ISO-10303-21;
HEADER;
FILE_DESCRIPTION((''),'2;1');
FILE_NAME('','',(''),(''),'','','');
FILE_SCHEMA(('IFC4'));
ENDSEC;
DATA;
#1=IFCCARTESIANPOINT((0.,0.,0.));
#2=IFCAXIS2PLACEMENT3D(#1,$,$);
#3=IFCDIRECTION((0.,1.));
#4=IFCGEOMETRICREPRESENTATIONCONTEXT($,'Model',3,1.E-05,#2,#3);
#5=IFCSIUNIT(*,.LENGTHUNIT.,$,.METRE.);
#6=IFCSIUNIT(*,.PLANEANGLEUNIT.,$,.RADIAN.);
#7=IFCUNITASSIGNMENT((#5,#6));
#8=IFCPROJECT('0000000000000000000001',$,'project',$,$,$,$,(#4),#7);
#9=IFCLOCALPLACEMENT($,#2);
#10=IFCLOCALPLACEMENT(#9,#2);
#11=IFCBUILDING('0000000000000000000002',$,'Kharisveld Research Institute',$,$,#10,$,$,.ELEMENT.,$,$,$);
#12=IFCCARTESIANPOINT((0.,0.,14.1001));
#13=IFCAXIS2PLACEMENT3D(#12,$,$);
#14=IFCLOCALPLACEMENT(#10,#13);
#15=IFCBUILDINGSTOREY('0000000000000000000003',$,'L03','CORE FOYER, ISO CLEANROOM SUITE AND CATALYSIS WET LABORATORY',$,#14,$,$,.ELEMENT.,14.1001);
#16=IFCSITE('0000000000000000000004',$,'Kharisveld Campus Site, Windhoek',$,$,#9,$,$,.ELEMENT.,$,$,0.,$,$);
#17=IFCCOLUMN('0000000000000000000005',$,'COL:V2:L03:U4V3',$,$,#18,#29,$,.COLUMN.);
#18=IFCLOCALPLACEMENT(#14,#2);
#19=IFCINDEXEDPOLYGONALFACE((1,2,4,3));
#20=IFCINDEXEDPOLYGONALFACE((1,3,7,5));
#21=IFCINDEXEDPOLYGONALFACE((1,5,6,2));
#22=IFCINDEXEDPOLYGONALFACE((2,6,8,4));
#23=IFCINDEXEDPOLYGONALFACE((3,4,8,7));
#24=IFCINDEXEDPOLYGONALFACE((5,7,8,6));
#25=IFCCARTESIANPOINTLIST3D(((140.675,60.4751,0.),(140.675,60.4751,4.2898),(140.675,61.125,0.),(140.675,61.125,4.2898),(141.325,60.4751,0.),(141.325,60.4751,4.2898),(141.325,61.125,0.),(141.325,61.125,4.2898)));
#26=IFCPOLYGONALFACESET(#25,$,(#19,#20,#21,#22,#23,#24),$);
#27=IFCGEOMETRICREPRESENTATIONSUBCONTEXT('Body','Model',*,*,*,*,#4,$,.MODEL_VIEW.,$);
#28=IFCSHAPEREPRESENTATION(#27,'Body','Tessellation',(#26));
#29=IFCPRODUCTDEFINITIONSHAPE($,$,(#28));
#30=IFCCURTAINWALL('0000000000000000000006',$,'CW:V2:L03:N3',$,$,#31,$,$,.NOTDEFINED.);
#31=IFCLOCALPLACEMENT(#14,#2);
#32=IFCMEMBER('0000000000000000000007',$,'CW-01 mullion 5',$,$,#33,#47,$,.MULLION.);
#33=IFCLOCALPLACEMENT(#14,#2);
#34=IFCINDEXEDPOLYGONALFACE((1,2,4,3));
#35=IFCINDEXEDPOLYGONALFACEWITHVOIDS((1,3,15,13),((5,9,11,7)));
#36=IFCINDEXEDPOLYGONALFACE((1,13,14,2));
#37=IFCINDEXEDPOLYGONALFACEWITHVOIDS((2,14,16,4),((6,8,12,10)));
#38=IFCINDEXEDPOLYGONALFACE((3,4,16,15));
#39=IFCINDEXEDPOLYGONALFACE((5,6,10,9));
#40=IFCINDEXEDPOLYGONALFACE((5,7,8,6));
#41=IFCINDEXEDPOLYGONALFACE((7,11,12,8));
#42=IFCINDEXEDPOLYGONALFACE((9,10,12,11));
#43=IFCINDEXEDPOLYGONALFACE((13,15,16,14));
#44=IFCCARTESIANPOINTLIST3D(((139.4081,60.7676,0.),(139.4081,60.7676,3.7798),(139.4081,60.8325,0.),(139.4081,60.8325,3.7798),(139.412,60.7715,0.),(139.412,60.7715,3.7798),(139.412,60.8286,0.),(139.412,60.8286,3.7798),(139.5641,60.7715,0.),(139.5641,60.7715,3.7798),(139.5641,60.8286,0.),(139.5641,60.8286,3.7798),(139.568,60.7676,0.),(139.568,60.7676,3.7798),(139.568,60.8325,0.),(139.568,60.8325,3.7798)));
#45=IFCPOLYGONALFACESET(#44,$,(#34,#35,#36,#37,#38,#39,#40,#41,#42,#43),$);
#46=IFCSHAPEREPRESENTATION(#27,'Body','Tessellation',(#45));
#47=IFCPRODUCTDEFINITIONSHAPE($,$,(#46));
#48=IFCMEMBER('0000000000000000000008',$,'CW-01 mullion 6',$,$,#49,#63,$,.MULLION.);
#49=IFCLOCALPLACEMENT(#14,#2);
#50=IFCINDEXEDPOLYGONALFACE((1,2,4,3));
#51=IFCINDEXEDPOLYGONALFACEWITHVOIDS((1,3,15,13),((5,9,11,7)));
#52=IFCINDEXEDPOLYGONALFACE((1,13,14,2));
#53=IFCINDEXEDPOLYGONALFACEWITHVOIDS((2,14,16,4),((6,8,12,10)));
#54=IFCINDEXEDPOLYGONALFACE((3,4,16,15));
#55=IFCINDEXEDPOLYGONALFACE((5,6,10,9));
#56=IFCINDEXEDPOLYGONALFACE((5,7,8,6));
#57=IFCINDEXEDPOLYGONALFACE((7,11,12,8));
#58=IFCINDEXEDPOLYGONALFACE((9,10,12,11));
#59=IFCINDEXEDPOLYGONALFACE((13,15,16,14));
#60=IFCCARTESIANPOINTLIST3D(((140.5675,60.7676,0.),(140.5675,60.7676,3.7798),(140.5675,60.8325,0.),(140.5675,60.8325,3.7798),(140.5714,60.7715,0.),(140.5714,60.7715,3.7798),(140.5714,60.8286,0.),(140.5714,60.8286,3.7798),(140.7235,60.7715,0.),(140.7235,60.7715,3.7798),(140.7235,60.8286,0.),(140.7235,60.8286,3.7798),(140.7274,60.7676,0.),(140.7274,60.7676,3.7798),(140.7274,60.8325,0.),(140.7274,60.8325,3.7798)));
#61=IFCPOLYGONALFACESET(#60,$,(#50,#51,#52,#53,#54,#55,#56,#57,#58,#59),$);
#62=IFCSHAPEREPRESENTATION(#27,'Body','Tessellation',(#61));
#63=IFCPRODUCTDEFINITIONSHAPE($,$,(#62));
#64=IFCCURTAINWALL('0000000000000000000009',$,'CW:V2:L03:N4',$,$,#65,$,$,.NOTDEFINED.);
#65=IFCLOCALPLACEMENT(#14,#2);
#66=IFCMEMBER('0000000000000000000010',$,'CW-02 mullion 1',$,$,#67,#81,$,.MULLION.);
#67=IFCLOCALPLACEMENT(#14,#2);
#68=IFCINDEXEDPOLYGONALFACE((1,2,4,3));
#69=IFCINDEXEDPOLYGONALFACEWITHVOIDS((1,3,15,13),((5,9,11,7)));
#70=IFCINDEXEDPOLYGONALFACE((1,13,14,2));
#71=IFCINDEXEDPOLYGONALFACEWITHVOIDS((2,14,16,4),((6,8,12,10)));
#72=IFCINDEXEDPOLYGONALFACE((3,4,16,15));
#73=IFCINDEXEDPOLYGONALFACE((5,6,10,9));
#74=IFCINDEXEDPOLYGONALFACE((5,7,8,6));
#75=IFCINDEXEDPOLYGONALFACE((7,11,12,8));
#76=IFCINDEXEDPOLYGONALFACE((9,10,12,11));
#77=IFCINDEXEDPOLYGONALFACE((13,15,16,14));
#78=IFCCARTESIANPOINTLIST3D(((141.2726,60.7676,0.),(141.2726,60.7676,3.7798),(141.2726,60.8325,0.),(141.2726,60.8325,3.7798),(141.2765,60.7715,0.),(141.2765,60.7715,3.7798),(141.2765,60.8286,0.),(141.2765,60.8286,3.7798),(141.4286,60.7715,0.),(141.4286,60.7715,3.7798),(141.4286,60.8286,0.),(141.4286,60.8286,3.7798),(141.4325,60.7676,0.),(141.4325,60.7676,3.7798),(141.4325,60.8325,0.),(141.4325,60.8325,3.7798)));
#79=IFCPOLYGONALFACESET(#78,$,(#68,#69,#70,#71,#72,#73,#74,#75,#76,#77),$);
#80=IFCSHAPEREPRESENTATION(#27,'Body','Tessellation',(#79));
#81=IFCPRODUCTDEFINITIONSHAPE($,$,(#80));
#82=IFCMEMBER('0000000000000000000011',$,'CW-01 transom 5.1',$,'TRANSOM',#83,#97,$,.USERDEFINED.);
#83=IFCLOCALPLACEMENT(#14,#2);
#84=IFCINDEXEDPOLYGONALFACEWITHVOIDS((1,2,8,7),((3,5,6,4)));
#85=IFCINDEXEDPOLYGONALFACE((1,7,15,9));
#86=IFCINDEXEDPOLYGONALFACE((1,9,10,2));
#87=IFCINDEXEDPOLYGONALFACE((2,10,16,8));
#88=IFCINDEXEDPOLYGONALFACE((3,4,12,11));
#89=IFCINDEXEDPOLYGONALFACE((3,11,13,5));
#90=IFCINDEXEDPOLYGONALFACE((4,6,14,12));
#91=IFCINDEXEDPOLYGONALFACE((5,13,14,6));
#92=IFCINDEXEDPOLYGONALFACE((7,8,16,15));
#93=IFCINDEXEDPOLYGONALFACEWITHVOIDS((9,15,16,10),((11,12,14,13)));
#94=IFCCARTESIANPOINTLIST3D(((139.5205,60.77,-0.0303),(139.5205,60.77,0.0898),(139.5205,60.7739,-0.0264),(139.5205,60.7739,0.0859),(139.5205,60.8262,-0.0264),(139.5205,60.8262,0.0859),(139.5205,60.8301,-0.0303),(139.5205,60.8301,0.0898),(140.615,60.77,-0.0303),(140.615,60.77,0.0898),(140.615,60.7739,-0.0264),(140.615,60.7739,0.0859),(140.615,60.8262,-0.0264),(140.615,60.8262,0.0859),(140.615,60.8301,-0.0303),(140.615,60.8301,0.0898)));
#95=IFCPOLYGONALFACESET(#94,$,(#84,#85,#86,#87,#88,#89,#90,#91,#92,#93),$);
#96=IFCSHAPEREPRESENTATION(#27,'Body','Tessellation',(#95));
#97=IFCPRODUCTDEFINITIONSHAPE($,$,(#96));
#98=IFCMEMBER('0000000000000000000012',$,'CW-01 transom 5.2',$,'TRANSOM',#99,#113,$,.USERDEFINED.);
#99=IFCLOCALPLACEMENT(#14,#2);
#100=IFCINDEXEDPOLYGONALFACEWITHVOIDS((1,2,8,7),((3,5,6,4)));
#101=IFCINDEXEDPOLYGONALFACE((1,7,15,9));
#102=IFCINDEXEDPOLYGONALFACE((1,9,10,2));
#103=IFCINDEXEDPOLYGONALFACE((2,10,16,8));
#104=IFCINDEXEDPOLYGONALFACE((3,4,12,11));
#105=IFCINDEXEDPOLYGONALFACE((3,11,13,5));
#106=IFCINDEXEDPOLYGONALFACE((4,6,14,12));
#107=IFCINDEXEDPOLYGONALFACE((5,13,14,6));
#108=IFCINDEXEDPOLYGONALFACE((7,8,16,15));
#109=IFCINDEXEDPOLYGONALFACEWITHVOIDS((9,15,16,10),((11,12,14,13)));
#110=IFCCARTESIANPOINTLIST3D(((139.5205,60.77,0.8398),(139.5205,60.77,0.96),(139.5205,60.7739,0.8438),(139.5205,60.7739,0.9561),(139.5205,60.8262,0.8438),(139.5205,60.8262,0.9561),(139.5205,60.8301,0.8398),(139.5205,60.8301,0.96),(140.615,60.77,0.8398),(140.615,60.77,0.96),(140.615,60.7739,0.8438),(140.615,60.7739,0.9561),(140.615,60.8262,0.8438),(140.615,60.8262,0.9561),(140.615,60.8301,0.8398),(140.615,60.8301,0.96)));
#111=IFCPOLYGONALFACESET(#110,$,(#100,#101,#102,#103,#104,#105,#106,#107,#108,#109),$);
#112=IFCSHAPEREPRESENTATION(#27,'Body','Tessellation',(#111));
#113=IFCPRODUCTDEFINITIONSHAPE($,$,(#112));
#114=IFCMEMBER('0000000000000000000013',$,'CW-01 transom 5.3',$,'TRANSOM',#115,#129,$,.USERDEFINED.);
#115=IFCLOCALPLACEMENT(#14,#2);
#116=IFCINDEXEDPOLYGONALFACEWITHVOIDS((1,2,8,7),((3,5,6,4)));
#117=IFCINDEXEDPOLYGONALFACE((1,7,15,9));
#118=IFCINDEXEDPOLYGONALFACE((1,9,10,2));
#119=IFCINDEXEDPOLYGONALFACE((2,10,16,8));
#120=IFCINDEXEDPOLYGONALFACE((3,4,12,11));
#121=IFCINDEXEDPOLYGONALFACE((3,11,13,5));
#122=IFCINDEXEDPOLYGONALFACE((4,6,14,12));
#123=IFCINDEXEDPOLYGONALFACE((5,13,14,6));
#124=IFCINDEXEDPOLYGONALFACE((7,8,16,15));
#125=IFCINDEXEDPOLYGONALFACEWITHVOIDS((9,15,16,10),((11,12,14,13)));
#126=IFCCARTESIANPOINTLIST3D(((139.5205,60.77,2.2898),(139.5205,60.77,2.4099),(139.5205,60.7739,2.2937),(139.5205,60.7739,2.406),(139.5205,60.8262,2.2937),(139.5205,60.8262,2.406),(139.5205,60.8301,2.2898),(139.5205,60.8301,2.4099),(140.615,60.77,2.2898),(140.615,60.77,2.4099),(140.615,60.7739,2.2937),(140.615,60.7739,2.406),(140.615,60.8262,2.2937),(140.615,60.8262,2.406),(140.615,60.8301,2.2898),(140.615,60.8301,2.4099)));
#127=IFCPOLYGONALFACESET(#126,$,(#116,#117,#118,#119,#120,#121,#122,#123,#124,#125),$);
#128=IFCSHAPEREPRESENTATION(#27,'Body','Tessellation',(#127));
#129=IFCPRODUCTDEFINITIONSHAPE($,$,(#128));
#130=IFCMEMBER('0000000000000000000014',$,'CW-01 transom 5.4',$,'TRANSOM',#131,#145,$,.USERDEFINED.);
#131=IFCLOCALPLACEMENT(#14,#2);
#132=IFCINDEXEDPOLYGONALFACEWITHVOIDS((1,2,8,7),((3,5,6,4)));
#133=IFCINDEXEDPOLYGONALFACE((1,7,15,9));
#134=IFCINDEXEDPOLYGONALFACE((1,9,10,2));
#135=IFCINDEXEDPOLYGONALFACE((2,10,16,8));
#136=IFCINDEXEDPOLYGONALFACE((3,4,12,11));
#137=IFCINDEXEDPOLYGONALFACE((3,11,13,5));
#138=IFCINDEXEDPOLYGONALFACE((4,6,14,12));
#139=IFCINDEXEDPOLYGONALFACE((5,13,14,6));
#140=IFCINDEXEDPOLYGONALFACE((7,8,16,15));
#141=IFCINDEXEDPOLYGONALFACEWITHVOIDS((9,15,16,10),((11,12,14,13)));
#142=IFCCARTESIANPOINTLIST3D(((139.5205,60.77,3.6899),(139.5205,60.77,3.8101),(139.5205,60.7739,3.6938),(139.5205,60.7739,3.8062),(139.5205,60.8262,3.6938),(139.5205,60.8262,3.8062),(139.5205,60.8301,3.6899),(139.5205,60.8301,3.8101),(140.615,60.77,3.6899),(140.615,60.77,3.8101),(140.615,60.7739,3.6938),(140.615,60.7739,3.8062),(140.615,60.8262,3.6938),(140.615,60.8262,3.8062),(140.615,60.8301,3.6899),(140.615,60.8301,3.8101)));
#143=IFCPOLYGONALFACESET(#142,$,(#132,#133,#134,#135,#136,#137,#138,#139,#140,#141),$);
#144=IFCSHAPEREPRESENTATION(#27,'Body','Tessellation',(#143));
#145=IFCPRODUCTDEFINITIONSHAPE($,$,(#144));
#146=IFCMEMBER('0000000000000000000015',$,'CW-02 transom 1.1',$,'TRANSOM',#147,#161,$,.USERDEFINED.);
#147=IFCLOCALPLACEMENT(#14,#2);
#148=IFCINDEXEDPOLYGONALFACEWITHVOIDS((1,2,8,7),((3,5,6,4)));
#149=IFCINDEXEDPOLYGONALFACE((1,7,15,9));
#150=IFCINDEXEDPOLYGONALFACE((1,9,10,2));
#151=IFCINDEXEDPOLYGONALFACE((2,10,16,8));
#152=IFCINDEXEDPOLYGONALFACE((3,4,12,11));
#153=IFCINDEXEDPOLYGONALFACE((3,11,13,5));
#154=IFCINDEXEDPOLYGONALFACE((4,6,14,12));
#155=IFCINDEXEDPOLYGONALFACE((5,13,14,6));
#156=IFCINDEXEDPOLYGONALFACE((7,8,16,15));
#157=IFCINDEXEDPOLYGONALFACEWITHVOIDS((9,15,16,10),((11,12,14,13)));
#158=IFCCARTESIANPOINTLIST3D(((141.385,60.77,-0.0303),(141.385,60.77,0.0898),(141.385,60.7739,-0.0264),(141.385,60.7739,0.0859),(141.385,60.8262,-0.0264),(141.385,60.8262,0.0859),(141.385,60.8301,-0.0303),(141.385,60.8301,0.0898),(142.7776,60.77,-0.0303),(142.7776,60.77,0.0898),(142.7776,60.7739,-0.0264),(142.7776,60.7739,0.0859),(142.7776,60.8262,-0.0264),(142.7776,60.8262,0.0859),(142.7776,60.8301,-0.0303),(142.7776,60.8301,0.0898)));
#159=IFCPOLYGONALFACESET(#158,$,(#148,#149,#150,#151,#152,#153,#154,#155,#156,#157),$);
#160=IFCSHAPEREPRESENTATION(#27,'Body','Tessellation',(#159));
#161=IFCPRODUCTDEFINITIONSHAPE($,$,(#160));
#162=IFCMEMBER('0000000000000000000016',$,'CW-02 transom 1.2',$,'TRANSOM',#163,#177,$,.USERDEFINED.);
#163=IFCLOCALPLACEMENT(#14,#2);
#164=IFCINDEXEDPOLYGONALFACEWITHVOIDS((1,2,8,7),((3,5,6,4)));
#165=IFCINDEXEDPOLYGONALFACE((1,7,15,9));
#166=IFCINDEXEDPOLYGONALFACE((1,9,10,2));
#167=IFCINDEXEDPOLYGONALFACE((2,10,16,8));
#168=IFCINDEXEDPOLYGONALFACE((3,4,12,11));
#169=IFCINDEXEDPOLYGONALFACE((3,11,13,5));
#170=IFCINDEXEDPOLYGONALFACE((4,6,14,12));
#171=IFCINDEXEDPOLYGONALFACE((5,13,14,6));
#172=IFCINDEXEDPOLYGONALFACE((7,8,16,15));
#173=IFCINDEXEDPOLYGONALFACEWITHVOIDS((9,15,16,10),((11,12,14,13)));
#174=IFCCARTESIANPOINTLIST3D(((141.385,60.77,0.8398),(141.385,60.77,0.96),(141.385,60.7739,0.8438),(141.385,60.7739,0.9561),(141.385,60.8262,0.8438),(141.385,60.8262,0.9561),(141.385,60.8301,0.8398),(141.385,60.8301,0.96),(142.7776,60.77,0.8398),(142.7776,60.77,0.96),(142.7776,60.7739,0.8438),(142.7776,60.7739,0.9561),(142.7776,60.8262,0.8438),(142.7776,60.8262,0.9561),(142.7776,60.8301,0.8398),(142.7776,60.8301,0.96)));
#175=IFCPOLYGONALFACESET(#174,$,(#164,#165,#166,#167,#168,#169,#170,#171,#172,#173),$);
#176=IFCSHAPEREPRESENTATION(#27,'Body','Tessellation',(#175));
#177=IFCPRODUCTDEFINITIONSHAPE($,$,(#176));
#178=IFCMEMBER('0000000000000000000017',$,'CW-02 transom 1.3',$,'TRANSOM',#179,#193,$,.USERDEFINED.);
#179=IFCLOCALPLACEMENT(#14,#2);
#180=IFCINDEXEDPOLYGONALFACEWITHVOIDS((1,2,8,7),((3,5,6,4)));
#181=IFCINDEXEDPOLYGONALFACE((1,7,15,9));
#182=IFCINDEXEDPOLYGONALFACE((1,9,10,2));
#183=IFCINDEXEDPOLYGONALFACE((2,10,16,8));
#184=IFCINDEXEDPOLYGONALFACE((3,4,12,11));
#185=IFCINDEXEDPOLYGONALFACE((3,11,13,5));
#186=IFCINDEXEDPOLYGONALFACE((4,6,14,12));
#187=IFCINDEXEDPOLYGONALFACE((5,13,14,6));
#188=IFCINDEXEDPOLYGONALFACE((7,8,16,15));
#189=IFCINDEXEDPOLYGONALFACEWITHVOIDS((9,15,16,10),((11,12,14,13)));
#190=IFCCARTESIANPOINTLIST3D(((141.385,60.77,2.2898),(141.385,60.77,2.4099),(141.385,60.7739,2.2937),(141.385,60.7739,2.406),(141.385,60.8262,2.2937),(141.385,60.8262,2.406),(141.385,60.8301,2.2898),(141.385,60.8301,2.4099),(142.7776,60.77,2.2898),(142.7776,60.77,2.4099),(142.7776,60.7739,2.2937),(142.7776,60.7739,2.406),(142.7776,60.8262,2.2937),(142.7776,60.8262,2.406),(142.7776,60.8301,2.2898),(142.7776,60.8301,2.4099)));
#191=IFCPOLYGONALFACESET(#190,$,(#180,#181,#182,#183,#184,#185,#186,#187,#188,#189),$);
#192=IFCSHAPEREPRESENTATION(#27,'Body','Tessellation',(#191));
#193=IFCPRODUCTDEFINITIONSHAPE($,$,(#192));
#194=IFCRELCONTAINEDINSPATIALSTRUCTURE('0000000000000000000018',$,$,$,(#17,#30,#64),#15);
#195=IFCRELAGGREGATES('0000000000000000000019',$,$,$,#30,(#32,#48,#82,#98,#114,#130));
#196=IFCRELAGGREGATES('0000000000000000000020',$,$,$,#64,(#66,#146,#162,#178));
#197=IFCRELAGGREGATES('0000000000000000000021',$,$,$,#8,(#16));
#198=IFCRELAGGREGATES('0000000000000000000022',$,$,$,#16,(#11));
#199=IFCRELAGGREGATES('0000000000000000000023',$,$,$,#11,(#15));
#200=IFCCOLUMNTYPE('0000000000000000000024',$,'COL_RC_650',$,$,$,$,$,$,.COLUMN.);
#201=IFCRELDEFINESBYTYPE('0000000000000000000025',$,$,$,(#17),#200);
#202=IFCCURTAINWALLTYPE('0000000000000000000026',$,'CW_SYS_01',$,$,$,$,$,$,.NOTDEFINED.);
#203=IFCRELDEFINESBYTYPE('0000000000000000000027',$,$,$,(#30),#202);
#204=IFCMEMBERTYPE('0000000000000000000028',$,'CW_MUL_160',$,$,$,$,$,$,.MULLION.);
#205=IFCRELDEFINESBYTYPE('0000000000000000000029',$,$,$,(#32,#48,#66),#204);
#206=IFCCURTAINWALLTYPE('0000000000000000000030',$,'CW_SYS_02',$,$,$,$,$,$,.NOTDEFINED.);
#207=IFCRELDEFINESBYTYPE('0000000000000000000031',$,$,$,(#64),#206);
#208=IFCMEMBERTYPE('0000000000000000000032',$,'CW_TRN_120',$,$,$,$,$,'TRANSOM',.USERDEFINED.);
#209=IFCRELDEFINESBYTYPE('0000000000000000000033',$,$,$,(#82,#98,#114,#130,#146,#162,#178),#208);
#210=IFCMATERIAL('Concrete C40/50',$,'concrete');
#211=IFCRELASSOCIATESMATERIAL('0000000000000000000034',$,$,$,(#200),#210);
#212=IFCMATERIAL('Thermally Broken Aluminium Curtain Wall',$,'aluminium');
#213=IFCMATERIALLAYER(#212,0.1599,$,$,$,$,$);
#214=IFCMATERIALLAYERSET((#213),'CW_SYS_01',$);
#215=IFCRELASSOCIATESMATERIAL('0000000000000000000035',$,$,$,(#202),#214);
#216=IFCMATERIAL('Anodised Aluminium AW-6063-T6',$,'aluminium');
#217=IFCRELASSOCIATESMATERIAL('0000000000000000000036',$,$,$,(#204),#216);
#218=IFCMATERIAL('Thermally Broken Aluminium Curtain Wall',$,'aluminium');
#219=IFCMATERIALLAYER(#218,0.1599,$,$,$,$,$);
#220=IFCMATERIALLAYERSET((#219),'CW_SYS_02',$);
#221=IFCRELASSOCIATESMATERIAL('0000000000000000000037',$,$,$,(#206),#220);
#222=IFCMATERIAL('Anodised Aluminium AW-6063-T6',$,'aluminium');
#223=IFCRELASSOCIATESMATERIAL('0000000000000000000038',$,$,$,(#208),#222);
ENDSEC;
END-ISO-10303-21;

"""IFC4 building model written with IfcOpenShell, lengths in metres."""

from ifc_helpers import new_model, si_unit, direction, frame, origin, origin_2d, place, context, subcontext, project, spatial, rectangle, hollow_rectangle, extrude, material, layer, layer_set, material_profile, profile_set, type_object, element, aggregate, save


model = new_model("IFC4")

# Units and contexts
model_context = context("Model", 3, precision=1e-05, world=origin(), true_north=direction((0.0, 1.0)))
body_context = subcontext(model_context, "Body", "Model", "MODEL_VIEW")
ifc_project = project(units=[si_unit("LENGTHUNIT", "METRE"), si_unit("PLANEANGLEUNIT", "RADIAN")], contexts=[model_context])

# Site, building, storey
site_placement = place(None, origin())
site = spatial("IfcSite", under=ifc_project, at=site_placement, Name="Kharisveld Campus Site, Windhoek", CompositionType="ELEMENT", RefElevation=0.0)
building_placement = place(site_placement, origin())
building = spatial("IfcBuilding", under=site, at=building_placement, Name="Kharisveld Research Institute", CompositionType="ELEMENT")
storey_placement = place(building_placement, frame((0.0, 0.0, 14.1001)))
storey = spatial("IfcBuildingStorey", under=building, at=storey_placement, Name="L03", Description="CORE FOYER, ISO CLEANROOM SUITE AND CATALYSIS WET LABORATORY", CompositionType="ELEMENT", Elevation=14.1001)

# Column
ifc_material_1 = material(Name="Concrete C40/50", Category="concrete")
ifc_material_profile_1 = material_profile(ifc_material_1, rectangle(XDim=0.6499, YDim=0.6499, at=origin_2d()))
ifc_profile_set_1 = profile_set([ifc_material_profile_1], Name="Concrete C40/50")
column_type = type_object("IfcColumnType", Name="COL_RC_650", PredefinedType="COLUMN", material=ifc_profile_set_1)
column_placement = place(storey_placement, frame((141.0, 60.8, 0.0), z_axis=(0.0, 0.0, 1.0), x_axis=(1.0, 0.0, 0.0)))
element("IfcColumn", 1, at=column_placement, inside=storey, type_object=column_type, Name="COL:V2:L03:U4V3", PredefinedType="COLUMN", context=body_context, shape_type="SweptSolid", body=[
    extrude(rectangle(XDim=0.6499, YDim=0.6499, at=origin_2d()), origin(), (0.0, 0.0, 1.0), 4.2898),
])

# Curtain wall, members
ifc_material_2 = material(Name="Thermally Broken Aluminium Curtain Wall", Category="aluminium")
ifc_layer_1 = layer(ifc_material_2, 0.1599)
ifc_layer_set_1 = layer_set([ifc_layer_1], Name="CW_SYS_01")
curtain_wall_type_1 = type_object("IfcCurtainWallType", Name="CW_SYS_01", PredefinedType="NOTDEFINED", material=ifc_layer_set_1)
curtain_wall_1_placement = place(storey_placement, origin())
curtain_wall_1 = element("IfcCurtainWall", 2, at=curtain_wall_1_placement, inside=storey, type_object=curtain_wall_type_1, Name="CW:V2:L03:N3", PredefinedType="NOTDEFINED")
ifc_material_3 = material(Name="Anodised Aluminium AW-6063-T6", Category="aluminium")
ifc_material_profile_2 = material_profile(ifc_material_3, hollow_rectangle(XDim=0.0649, YDim=0.1599, WallThickness=0.0039, at=origin_2d()))
ifc_profile_set_2 = profile_set([ifc_material_profile_2], Name="Anodised Aluminium AW-6063-T6")
member_type_1 = type_object("IfcMemberType", Name="CW_MUL_160", PredefinedType="MULLION", material=ifc_profile_set_2)
member_1_placement = place(storey_placement, frame((139.488, 60.8, 0.0), z_axis=(0.0, 0.0, 1.0), x_axis=(0.0, 1.0, 0.0)))
member_1 = element("IfcMember", 3, at=member_1_placement, type_object=member_type_1, Name="CW-01 mullion 5", PredefinedType="MULLION", context=body_context, shape_type="SweptSolid", body=[
    extrude(hollow_rectangle(XDim=0.0649, YDim=0.1599, WallThickness=0.0039, at=origin_2d()), origin(), (0.0, 0.0, 1.0), 3.7798),
])
member_2_placement = place(storey_placement, frame((140.6475, 60.8, 0.0), z_axis=(0.0, 0.0, 1.0), x_axis=(0.0, 1.0, 0.0)))
member_2 = element("IfcMember", 4, at=member_2_placement, type_object=member_type_1, Name="CW-01 mullion 6", PredefinedType="MULLION", context=body_context, shape_type="SweptSolid", body=[
    extrude(hollow_rectangle(XDim=0.0649, YDim=0.1599, WallThickness=0.0039, at=origin_2d()), origin(), (0.0, 0.0, 1.0), 3.7798),
])

# Curtain wall, member
ifc_material_4 = material(Name="Thermally Broken Aluminium Curtain Wall", Category="aluminium")
ifc_layer_2 = layer(ifc_material_4, 0.1599)
ifc_layer_set_2 = layer_set([ifc_layer_2], Name="CW_SYS_02")
curtain_wall_type_2 = type_object("IfcCurtainWallType", Name="CW_SYS_02", PredefinedType="NOTDEFINED", material=ifc_layer_set_2)
curtain_wall_2_placement = place(storey_placement, origin())
curtain_wall_2 = element("IfcCurtainWall", 5, at=curtain_wall_2_placement, inside=storey, type_object=curtain_wall_type_2, Name="CW:V2:L03:N4", PredefinedType="NOTDEFINED")
member_3_placement = place(storey_placement, frame((141.3525, 60.8, 0.0), z_axis=(0.0, 0.0, 1.0), x_axis=(0.0, 1.0, 0.0)))
member_3 = element("IfcMember", 6, at=member_3_placement, type_object=member_type_1, Name="CW-02 mullion 1", PredefinedType="MULLION", context=body_context, shape_type="SweptSolid", body=[
    extrude(hollow_rectangle(XDim=0.0649, YDim=0.1599, WallThickness=0.0039, at=origin_2d()), origin(), (0.0, 0.0, 1.0), 3.7798),
])

# Members
ifc_material_5 = material(Name="Anodised Aluminium AW-6063-T6", Category="aluminium")
ifc_material_profile_3 = material_profile(ifc_material_5, hollow_rectangle(XDim=0.0601, YDim=0.1201, WallThickness=0.0039, at=origin_2d()))
ifc_profile_set_3 = profile_set([ifc_material_profile_3], Name="Anodised Aluminium AW-6063-T6")
member_type_2 = type_object("IfcMemberType", Name="CW_TRN_120", ElementType="TRANSOM", PredefinedType="USERDEFINED", material=ifc_profile_set_3)
member_4_placement = place(storey_placement, frame((139.5205, 60.8, 0.0298), z_axis=(1.0, 0.0, 0.0), x_axis=(0.0, 1.0, 0.0)))
member_4 = element("IfcMember", 7, at=member_4_placement, type_object=member_type_2, Name="CW-01 transom 5.1", ObjectType="TRANSOM", PredefinedType="USERDEFINED", context=body_context, shape_type="SweptSolid", body=[
    extrude(hollow_rectangle(XDim=0.0601, YDim=0.1201, WallThickness=0.0039, at=origin_2d()), origin(), (0.0, 0.0, 1.0), 1.0945),
])
member_5_placement = place(storey_placement, frame((139.5205, 60.8, 0.8999), z_axis=(1.0, 0.0, 0.0), x_axis=(0.0, 1.0, 0.0)))
member_5 = element("IfcMember", 8, at=member_5_placement, type_object=member_type_2, Name="CW-01 transom 5.2", ObjectType="TRANSOM", PredefinedType="USERDEFINED", context=body_context, shape_type="SweptSolid", body=[
    extrude(hollow_rectangle(XDim=0.0601, YDim=0.1201, WallThickness=0.0039, at=origin_2d()), origin(), (0.0, 0.0, 1.0), 1.0945),
])
member_6_placement = place(storey_placement, frame((139.5205, 60.8, 2.3499), z_axis=(1.0, 0.0, 0.0), x_axis=(0.0, 1.0, 0.0)))
member_6 = element("IfcMember", 9, at=member_6_placement, type_object=member_type_2, Name="CW-01 transom 5.3", ObjectType="TRANSOM", PredefinedType="USERDEFINED", context=body_context, shape_type="SweptSolid", body=[
    extrude(hollow_rectangle(XDim=0.0601, YDim=0.1201, WallThickness=0.0039, at=origin_2d()), origin(), (0.0, 0.0, 1.0), 1.0945),
])
member_7_placement = place(storey_placement, frame((139.5205, 60.8, 3.75), z_axis=(1.0, 0.0, 0.0), x_axis=(0.0, 1.0, 0.0)))
member_7 = element("IfcMember", 10, at=member_7_placement, type_object=member_type_2, Name="CW-01 transom 5.4", ObjectType="TRANSOM", PredefinedType="USERDEFINED", context=body_context, shape_type="SweptSolid", body=[
    extrude(hollow_rectangle(XDim=0.0601, YDim=0.1201, WallThickness=0.0039, at=origin_2d()), origin(), (0.0, 0.0, 1.0), 1.0945),
])
member_8_placement = place(storey_placement, frame((141.385, 60.8, 0.0298), z_axis=(1.0, 0.0, 0.0), x_axis=(0.0, 1.0, 0.0)))
member_8 = element("IfcMember", 11, at=member_8_placement, type_object=member_type_2, Name="CW-02 transom 1.1", ObjectType="TRANSOM", PredefinedType="USERDEFINED", context=body_context, shape_type="SweptSolid", body=[
    extrude(hollow_rectangle(XDim=0.0601, YDim=0.1201, WallThickness=0.0039, at=origin_2d()), origin(), (0.0, 0.0, 1.0), 1.3926),
])
member_9_placement = place(storey_placement, frame((141.385, 60.8, 0.8999), z_axis=(1.0, 0.0, 0.0), x_axis=(0.0, 1.0, 0.0)))
member_9 = element("IfcMember", 12, at=member_9_placement, type_object=member_type_2, Name="CW-02 transom 1.2", ObjectType="TRANSOM", PredefinedType="USERDEFINED", context=body_context, shape_type="SweptSolid", body=[
    extrude(hollow_rectangle(XDim=0.0601, YDim=0.1201, WallThickness=0.0039, at=origin_2d()), origin(), (0.0, 0.0, 1.0), 1.3926),
])
member_10_placement = place(storey_placement, frame((141.385, 60.8, 2.3499), z_axis=(1.0, 0.0, 0.0), x_axis=(0.0, 1.0, 0.0)))
member_10 = element("IfcMember", 13, at=member_10_placement, type_object=member_type_2, Name="CW-02 transom 1.3", ObjectType="TRANSOM", PredefinedType="USERDEFINED", context=body_context, shape_type="SweptSolid", body=[
    extrude(hollow_rectangle(XDim=0.0601, YDim=0.1201, WallThickness=0.0039, at=origin_2d()), origin(), (0.0, 0.0, 1.0), 1.3926),
])

aggregate(curtain_wall_1, [member_1, member_2, member_4, member_5, member_6, member_7])
aggregate(curtain_wall_2, [member_3, member_8, member_9, member_10])

save(model, "model.ifc")
